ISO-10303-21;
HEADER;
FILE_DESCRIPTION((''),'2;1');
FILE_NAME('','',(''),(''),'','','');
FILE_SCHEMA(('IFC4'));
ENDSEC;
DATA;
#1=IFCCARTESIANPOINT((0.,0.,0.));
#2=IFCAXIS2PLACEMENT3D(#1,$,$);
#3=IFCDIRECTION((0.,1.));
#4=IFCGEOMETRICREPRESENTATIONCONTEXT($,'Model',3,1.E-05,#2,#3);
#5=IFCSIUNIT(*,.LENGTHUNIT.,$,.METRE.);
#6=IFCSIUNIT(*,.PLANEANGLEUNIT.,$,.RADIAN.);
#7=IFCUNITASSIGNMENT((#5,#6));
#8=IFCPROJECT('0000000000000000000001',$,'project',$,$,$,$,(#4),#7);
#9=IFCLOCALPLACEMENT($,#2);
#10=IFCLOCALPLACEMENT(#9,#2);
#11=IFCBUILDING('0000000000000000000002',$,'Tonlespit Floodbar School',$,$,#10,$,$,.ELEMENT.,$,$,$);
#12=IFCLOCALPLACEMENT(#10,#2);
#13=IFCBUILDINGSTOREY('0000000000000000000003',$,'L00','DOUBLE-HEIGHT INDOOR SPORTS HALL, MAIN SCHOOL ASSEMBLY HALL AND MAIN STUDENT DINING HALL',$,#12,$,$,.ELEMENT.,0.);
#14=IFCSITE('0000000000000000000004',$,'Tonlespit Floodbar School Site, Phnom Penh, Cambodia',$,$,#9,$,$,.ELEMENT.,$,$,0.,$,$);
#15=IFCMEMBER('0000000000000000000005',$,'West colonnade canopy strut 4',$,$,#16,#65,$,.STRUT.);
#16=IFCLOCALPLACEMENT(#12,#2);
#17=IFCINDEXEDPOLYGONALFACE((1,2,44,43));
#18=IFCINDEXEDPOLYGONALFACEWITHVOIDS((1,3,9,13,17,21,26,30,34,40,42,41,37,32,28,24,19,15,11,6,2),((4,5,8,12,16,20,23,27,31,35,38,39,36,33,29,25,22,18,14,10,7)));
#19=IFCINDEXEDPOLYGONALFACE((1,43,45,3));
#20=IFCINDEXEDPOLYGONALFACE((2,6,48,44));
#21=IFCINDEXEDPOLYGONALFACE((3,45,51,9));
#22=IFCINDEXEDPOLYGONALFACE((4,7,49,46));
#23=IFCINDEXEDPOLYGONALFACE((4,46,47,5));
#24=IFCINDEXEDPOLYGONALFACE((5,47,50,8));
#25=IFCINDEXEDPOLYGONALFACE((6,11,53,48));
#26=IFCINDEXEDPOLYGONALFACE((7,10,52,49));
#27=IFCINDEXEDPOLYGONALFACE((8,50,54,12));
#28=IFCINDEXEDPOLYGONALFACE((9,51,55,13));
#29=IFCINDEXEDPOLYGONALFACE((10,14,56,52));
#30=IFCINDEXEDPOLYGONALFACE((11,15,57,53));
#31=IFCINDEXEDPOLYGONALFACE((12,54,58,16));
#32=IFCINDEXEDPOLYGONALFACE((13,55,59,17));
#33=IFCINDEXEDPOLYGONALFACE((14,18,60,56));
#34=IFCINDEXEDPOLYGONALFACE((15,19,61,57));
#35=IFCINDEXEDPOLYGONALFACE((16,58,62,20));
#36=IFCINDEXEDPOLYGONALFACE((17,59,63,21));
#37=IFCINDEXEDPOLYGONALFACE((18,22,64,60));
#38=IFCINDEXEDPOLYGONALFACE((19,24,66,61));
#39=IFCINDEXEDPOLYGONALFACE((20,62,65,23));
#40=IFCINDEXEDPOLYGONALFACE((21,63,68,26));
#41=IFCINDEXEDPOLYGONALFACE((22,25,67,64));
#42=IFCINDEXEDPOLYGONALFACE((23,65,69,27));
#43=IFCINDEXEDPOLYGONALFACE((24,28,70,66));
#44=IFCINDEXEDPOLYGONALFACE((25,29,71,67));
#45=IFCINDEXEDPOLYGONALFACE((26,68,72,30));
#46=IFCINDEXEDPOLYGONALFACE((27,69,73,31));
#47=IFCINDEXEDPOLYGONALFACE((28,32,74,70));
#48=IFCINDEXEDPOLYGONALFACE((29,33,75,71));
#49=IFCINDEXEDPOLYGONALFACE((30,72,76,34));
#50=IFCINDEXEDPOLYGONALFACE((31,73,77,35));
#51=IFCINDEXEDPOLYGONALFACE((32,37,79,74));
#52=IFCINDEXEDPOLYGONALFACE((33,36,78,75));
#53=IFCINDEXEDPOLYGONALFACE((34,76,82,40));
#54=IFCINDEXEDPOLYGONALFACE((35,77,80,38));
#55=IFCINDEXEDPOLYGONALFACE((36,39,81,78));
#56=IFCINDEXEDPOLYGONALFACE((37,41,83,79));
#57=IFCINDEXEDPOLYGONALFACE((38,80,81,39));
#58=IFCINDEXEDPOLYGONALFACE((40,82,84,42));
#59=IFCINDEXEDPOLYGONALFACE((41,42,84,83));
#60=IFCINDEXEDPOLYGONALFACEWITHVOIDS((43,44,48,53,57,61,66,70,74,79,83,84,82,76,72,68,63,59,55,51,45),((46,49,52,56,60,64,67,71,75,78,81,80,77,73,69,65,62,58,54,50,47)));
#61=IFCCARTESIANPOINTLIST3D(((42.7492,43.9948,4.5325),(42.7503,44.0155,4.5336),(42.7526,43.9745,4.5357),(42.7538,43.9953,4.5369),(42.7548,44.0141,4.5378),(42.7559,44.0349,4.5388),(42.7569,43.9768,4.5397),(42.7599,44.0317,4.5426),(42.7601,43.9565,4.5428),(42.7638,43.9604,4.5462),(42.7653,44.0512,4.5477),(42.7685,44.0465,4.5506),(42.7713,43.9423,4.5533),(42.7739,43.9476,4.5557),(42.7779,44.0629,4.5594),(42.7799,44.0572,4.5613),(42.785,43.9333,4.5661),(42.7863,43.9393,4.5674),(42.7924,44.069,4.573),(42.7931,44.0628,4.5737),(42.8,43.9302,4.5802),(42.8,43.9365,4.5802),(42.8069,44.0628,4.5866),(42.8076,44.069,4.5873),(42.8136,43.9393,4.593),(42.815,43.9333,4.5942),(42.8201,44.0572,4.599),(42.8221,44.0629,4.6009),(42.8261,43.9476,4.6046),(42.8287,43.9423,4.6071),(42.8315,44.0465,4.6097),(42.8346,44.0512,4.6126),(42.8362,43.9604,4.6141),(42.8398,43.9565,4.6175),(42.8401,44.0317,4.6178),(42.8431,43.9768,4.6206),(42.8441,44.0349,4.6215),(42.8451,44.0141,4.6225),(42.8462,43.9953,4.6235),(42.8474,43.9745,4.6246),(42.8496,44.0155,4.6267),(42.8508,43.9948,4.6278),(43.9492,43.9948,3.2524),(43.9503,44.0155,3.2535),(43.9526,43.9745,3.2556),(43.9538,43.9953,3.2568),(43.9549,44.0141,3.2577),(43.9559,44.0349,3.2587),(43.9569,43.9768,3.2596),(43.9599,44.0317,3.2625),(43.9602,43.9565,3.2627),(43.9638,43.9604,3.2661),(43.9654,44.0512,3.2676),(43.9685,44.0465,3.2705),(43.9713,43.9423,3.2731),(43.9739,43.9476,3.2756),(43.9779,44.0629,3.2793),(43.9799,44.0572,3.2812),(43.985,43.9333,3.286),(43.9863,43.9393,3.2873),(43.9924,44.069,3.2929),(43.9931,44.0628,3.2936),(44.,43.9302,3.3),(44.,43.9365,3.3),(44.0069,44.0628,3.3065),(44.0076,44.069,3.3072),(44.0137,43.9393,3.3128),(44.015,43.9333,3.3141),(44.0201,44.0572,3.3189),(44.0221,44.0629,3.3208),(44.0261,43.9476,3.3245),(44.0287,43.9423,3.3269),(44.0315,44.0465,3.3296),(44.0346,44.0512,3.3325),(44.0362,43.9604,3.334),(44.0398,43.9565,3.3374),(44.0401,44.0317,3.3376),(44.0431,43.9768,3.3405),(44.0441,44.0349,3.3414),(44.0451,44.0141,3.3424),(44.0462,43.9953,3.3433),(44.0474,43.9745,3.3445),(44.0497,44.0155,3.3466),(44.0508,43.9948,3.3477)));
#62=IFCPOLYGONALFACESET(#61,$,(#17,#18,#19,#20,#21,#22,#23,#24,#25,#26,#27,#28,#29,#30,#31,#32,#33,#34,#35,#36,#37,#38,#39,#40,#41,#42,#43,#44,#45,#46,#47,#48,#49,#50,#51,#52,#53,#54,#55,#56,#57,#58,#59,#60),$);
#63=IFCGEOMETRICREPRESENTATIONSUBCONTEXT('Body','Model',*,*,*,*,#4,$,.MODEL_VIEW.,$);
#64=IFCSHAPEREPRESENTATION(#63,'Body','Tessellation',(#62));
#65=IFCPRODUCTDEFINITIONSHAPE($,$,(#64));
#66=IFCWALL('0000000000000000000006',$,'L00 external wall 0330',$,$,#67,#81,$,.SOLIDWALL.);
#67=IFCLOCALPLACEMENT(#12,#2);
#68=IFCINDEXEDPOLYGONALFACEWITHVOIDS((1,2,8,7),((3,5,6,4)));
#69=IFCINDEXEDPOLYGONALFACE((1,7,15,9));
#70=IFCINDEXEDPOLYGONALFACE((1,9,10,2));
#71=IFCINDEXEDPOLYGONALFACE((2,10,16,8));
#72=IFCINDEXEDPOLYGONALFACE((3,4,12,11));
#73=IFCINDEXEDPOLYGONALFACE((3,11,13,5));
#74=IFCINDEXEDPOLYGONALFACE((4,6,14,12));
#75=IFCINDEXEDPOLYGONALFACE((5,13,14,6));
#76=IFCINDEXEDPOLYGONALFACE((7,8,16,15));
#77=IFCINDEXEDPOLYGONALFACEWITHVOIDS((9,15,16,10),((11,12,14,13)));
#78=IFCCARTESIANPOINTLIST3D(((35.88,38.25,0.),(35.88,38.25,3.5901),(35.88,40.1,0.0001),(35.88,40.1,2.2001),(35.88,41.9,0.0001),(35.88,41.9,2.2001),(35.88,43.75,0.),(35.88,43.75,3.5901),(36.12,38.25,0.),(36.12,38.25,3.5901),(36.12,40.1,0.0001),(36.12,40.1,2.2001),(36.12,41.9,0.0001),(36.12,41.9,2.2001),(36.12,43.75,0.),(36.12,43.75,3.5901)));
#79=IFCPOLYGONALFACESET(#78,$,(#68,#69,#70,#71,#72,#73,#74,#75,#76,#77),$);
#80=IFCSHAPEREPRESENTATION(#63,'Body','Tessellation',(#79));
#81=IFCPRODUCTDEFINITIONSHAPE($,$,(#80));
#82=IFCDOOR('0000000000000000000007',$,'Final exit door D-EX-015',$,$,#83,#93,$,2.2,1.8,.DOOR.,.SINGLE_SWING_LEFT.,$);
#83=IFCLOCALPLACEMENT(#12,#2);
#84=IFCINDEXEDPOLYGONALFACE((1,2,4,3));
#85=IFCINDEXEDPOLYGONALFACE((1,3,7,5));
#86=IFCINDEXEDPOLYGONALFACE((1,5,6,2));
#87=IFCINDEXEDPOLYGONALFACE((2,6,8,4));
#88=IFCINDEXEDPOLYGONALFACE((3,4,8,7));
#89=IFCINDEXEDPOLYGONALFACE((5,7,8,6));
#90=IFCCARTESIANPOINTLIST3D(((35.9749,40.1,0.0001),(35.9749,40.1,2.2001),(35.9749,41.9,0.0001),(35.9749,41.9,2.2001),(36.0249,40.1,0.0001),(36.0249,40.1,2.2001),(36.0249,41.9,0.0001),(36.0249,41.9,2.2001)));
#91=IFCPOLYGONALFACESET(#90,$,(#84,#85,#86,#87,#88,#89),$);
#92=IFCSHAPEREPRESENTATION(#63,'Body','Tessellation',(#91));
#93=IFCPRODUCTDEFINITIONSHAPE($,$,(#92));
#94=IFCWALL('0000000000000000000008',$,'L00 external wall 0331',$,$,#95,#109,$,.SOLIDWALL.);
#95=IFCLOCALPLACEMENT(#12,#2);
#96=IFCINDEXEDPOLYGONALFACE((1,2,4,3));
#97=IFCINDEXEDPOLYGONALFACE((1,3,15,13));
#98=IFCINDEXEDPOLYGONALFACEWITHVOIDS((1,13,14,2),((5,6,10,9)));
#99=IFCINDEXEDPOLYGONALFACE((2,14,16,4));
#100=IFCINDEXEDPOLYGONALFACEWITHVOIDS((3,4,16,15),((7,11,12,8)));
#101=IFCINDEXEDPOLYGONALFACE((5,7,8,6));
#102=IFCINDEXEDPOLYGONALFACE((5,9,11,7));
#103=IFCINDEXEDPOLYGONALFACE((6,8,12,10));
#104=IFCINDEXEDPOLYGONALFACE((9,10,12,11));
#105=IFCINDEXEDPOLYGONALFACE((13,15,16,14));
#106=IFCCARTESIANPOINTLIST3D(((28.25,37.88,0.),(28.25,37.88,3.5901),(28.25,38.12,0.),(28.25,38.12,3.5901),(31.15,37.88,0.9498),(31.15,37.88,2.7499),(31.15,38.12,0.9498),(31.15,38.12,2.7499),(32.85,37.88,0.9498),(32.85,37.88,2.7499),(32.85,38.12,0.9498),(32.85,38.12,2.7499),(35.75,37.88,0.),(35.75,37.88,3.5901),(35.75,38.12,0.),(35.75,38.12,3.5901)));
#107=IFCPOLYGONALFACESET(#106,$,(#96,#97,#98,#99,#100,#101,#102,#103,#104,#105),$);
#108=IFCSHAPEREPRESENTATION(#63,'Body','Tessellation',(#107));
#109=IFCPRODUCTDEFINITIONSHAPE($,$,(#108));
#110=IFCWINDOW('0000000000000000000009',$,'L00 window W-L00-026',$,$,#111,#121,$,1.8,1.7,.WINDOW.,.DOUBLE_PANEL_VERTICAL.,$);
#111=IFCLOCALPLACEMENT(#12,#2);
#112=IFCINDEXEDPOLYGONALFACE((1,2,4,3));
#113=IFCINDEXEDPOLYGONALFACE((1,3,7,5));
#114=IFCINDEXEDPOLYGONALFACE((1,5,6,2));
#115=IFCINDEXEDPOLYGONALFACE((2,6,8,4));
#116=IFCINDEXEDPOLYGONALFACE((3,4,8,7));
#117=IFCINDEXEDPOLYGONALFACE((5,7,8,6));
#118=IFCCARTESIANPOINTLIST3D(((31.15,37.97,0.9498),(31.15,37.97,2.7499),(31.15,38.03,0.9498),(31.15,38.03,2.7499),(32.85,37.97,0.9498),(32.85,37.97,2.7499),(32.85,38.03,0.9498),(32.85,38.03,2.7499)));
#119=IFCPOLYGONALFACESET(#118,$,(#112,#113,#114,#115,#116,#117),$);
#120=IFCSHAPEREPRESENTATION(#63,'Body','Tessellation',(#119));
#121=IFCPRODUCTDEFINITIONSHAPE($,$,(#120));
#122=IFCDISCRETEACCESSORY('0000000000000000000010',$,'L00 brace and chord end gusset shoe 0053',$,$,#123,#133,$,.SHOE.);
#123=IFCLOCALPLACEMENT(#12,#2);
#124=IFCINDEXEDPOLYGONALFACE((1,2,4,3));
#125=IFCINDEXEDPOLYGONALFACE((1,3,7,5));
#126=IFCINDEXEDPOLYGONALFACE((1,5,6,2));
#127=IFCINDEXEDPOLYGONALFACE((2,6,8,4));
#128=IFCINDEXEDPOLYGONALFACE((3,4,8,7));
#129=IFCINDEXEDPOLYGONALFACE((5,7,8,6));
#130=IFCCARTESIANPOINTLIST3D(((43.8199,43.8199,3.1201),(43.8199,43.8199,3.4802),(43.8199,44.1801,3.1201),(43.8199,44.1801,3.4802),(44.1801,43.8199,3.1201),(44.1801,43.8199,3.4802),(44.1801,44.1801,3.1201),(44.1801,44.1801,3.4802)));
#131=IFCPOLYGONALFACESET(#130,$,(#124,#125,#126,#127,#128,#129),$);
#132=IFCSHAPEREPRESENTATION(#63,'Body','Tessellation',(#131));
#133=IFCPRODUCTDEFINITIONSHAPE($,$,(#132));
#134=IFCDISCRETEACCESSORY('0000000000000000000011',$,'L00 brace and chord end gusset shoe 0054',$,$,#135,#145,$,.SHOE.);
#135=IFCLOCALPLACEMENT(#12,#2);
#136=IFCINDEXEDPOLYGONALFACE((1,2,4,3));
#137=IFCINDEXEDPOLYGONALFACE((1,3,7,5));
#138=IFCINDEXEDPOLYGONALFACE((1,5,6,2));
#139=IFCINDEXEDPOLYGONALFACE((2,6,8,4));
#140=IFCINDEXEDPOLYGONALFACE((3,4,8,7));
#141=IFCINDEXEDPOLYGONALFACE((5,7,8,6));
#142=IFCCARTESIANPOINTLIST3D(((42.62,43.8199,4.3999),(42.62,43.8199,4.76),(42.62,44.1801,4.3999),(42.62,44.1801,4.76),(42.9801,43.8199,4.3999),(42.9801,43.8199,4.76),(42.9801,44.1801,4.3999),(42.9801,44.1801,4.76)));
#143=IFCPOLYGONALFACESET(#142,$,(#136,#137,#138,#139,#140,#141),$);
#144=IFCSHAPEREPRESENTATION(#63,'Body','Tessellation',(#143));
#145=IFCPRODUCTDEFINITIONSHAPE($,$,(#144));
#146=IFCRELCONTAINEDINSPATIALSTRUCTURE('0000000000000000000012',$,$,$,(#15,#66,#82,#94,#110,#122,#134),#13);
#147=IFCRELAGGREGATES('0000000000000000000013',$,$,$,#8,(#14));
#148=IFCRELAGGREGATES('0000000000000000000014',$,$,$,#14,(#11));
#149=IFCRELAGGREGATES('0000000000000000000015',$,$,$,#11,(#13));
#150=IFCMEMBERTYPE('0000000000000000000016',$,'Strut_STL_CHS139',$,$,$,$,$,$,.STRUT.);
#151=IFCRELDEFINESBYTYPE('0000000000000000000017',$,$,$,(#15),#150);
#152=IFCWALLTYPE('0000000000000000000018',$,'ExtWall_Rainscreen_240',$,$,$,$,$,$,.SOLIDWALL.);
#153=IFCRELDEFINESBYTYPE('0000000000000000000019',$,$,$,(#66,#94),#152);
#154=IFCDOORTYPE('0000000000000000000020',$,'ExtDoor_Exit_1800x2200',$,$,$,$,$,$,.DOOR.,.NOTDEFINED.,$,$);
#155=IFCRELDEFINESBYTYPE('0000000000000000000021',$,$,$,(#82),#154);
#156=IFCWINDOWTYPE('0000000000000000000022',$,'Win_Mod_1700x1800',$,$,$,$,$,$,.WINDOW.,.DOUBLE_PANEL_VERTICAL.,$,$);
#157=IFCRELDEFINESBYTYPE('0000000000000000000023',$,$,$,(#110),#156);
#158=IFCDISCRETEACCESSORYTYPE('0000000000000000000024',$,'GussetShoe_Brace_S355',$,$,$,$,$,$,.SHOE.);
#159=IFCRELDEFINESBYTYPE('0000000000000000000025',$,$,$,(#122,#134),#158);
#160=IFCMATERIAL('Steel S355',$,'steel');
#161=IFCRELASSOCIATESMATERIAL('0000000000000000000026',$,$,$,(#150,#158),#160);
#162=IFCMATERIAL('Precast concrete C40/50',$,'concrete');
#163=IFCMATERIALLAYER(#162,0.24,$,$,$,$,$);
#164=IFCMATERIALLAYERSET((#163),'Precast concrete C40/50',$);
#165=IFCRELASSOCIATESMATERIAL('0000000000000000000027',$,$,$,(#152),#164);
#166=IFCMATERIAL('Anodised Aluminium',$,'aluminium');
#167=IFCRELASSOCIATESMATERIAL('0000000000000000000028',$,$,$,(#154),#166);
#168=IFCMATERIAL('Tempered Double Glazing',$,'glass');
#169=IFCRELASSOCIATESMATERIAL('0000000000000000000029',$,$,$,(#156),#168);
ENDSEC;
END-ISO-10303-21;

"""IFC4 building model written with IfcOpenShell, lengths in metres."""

from ifc_helpers import new_model, si_unit, direction, frame, frame_2d, origin, origin_2d, place, context, subcontext, project, spatial, rectangle, hollow_circle, extrude, material, layer, layer_set, material_profile, profile_set, type_object, element, fill, save


model = new_model("IFC4")

# Units and contexts
model_context = context("Model", 3, precision=1e-05, world=origin(), true_north=direction((0.0, 1.0)))
body_context = subcontext(model_context, "Body", "Model", "MODEL_VIEW")
ifc_project = project(units=[si_unit("LENGTHUNIT", "METRE"), si_unit("PLANEANGLEUNIT", "RADIAN")], contexts=[model_context])

# Site, building, storey
site_placement = place(None, origin())
site = spatial("IfcSite", under=ifc_project, at=site_placement, Name="Tonlespit Floodbar School Site, Phnom Penh, Cambodia", CompositionType="ELEMENT", RefElevation=0.0)
building_placement = place(site_placement, origin())
building = spatial("IfcBuilding", under=site, at=building_placement, Name="Tonlespit Floodbar School", CompositionType="ELEMENT")
storey_placement = place(building_placement, origin())
storey = spatial("IfcBuildingStorey", under=building, at=storey_placement, Name="L00", Description="DOUBLE-HEIGHT INDOOR SPORTS HALL, MAIN SCHOOL ASSEMBLY HALL AND MAIN STUDENT DINING HALL", CompositionType="ELEMENT", Elevation=0.0)

# Member
ifc_material_1 = material(Name="Steel S355", Category="steel")
ifc_material_profile_1 = material_profile(ifc_material_1, hollow_circle(Radius=0.0698, WallThickness=0.0063, at=origin_2d()), Name="CHS 139.7x6.3")
ifc_profile_set_1 = profile_set([ifc_material_profile_1], Name="Steel S355")
member_type = type_object("IfcMemberType", Name="Strut_STL_CHS139", PredefinedType="STRUT", material=ifc_profile_set_1)
member_placement = place(storey_placement, frame((44.0, 44.0, 3.3), z_axis=(-0.683918, 0.0, 0.729559), x_axis=(0.0, -1.0, 0.0)))
element("IfcMember", 1, at=member_placement, inside=storey, type_object=member_type, Name="West colonnade canopy strut 4", PredefinedType="STRUT", context=body_context, shape_type="SweptSolid", body=[
    extrude(hollow_circle(Radius=0.0698, WallThickness=0.0063, at=origin_2d()), origin(), (0.0, 0.0, 1.0), 1.7546),
])

# Wall, opening, door
ifc_material_2 = material(Name="Precast concrete C40/50", Category="concrete")
ifc_layer = layer(ifc_material_2, 0.24)
ifc_layer_set = layer_set([ifc_layer], Name="Precast concrete C40/50")
wall_type = type_object("IfcWallType", Name="ExtWall_Rainscreen_240", PredefinedType="SOLIDWALL", material=ifc_layer_set)
wall_1_placement = place(storey_placement, frame((36.0, 43.75, 0.0), z_axis=(0.0, 0.0, 1.0), x_axis=(0.0, -1.0, 0.0)))
wall_1 = element("IfcWall", 2, at=wall_1_placement, inside=storey, type_object=wall_type, Name="L00 external wall 0330", PredefinedType="SOLIDWALL", context=body_context, shape_type="SweptSolid", body=[
    extrude(rectangle(XDim=5.5, YDim=0.24, at=frame_2d((2.75, 0.0))), origin(), (0.0, 0.0, 1.0), 3.5901),
])
opening_1_placement = place(wall_1_placement, frame((1.8501, 0.0, 0.0)))
opening_1 = element("IfcOpeningElement", 3, at=opening_1_placement, cuts=wall_1, PredefinedType="OPENING", context=body_context, shape_type="SweptSolid", body=[
    extrude(rectangle(XDim=1.8, YDim=2.2, at=frame_2d((0.8999, 1.1001))), frame((0.0, 0.1299, 0.0), z_axis=(0.0, -1.0, 0.0), x_axis=(1.0, 0.0, 0.0)), (0.0, 0.0, 1.0), 0.26),
])
ifc_material_3 = material(Name="Anodised Aluminium", Category="aluminium")
door_type = type_object("IfcDoorType", Name="ExtDoor_Exit_1800x2200", OperationType="NOTDEFINED", PredefinedType="DOOR", material=ifc_material_3)
door_placement = place(opening_1_placement, origin())
door = element("IfcDoor", 4, at=door_placement, inside=storey, type_object=door_type, Name="Final exit door D-EX-015", OperationType="SINGLE_SWING_LEFT", OverallHeight=2.2, OverallWidth=1.8, PredefinedType="DOOR", context=body_context, shape_type="SweptSolid", body=[
    extrude(rectangle(XDim=1.8, YDim=2.2, at=frame_2d((0.8999, 1.1001))), frame((0.0, 0.0249, 0.0), z_axis=(0.0, -1.0, 0.0), x_axis=(1.0, 0.0, 0.0)), (0.0, 0.0, 1.0), 0.05),
])
fill(opening_1, door)

# Wall, opening, window
wall_2_placement = place(storey_placement, frame((35.75, 38.0, 0.0), z_axis=(0.0, 0.0, 1.0), x_axis=(-1.0, 0.0, 0.0)))
wall_2 = element("IfcWall", 5, at=wall_2_placement, inside=storey, type_object=wall_type, Name="L00 external wall 0331", PredefinedType="SOLIDWALL", context=body_context, shape_type="SweptSolid", body=[
    extrude(rectangle(XDim=7.5, YDim=0.24, at=frame_2d((3.75, 0.0))), origin(), (0.0, 0.0, 1.0), 3.5901),
])
opening_2_placement = place(wall_2_placement, frame((2.8999, 0.0, 0.95)))
opening_2 = element("IfcOpeningElement", 6, at=opening_2_placement, cuts=wall_2, PredefinedType="OPENING", context=body_context, shape_type="SweptSolid", body=[
    extrude(rectangle(XDim=1.7, YDim=1.8, at=frame_2d((0.8501, 0.8999))), frame((0.0, 0.1299, 0.0), z_axis=(0.0, -1.0, 0.0), x_axis=(1.0, 0.0, 0.0)), (0.0, 0.0, 1.0), 0.26),
])
ifc_material_4 = material(Name="Tempered Double Glazing", Category="glass")
window_type = type_object("IfcWindowType", Name="Win_Mod_1700x1800", PartitioningType="DOUBLE_PANEL_VERTICAL", PredefinedType="WINDOW", material=ifc_material_4)
window_placement = place(opening_2_placement, origin())
window = element("IfcWindow", 7, at=window_placement, inside=storey, type_object=window_type, Name="L00 window W-L00-026", OverallHeight=1.8, OverallWidth=1.7, PartitioningType="DOUBLE_PANEL_VERTICAL", PredefinedType="WINDOW", context=body_context, shape_type="SweptSolid", body=[
    extrude(rectangle(XDim=1.7, YDim=1.8, at=frame_2d((0.8501, 0.8999))), frame((0.0, 0.03, 0.0), z_axis=(0.0, -1.0, 0.0), x_axis=(1.0, 0.0, 0.0)), (0.0, 0.0, 1.0), 0.0601),
])
fill(opening_2, window)

# Discrete accessories
discrete_accessory_type = type_object("IfcDiscreteAccessoryType", Name="GussetShoe_Brace_S355", PredefinedType="SHOE", material=ifc_material_1)
for number, where, z_axis, x_axis, name in (
    (8, (44.0, 44.0, 3.1201), (0.0, 0.0, 1.0), (1.0, 0.0, 0.0), "L00 brace and chord end gusset shoe 0053"),
    (9, (42.8, 44.0, 4.3999), (0.0, 0.0, 1.0), (1.0, 0.0, 0.0), "L00 brace and chord end gusset shoe 0054"),
):
    element("IfcDiscreteAccessory", number, at=place(storey_placement, frame(where, z_axis=z_axis, x_axis=x_axis)), inside=storey, type_object=discrete_accessory_type, Name=name, PredefinedType="SHOE", context=body_context, shape_type="SweptSolid", body=[
        extrude(rectangle(XDim=0.3601, YDim=0.3601, at=origin_2d()), origin(), (0.0, 0.0, 1.0), 0.3601),
    ])

save(model, "model.ifc")
